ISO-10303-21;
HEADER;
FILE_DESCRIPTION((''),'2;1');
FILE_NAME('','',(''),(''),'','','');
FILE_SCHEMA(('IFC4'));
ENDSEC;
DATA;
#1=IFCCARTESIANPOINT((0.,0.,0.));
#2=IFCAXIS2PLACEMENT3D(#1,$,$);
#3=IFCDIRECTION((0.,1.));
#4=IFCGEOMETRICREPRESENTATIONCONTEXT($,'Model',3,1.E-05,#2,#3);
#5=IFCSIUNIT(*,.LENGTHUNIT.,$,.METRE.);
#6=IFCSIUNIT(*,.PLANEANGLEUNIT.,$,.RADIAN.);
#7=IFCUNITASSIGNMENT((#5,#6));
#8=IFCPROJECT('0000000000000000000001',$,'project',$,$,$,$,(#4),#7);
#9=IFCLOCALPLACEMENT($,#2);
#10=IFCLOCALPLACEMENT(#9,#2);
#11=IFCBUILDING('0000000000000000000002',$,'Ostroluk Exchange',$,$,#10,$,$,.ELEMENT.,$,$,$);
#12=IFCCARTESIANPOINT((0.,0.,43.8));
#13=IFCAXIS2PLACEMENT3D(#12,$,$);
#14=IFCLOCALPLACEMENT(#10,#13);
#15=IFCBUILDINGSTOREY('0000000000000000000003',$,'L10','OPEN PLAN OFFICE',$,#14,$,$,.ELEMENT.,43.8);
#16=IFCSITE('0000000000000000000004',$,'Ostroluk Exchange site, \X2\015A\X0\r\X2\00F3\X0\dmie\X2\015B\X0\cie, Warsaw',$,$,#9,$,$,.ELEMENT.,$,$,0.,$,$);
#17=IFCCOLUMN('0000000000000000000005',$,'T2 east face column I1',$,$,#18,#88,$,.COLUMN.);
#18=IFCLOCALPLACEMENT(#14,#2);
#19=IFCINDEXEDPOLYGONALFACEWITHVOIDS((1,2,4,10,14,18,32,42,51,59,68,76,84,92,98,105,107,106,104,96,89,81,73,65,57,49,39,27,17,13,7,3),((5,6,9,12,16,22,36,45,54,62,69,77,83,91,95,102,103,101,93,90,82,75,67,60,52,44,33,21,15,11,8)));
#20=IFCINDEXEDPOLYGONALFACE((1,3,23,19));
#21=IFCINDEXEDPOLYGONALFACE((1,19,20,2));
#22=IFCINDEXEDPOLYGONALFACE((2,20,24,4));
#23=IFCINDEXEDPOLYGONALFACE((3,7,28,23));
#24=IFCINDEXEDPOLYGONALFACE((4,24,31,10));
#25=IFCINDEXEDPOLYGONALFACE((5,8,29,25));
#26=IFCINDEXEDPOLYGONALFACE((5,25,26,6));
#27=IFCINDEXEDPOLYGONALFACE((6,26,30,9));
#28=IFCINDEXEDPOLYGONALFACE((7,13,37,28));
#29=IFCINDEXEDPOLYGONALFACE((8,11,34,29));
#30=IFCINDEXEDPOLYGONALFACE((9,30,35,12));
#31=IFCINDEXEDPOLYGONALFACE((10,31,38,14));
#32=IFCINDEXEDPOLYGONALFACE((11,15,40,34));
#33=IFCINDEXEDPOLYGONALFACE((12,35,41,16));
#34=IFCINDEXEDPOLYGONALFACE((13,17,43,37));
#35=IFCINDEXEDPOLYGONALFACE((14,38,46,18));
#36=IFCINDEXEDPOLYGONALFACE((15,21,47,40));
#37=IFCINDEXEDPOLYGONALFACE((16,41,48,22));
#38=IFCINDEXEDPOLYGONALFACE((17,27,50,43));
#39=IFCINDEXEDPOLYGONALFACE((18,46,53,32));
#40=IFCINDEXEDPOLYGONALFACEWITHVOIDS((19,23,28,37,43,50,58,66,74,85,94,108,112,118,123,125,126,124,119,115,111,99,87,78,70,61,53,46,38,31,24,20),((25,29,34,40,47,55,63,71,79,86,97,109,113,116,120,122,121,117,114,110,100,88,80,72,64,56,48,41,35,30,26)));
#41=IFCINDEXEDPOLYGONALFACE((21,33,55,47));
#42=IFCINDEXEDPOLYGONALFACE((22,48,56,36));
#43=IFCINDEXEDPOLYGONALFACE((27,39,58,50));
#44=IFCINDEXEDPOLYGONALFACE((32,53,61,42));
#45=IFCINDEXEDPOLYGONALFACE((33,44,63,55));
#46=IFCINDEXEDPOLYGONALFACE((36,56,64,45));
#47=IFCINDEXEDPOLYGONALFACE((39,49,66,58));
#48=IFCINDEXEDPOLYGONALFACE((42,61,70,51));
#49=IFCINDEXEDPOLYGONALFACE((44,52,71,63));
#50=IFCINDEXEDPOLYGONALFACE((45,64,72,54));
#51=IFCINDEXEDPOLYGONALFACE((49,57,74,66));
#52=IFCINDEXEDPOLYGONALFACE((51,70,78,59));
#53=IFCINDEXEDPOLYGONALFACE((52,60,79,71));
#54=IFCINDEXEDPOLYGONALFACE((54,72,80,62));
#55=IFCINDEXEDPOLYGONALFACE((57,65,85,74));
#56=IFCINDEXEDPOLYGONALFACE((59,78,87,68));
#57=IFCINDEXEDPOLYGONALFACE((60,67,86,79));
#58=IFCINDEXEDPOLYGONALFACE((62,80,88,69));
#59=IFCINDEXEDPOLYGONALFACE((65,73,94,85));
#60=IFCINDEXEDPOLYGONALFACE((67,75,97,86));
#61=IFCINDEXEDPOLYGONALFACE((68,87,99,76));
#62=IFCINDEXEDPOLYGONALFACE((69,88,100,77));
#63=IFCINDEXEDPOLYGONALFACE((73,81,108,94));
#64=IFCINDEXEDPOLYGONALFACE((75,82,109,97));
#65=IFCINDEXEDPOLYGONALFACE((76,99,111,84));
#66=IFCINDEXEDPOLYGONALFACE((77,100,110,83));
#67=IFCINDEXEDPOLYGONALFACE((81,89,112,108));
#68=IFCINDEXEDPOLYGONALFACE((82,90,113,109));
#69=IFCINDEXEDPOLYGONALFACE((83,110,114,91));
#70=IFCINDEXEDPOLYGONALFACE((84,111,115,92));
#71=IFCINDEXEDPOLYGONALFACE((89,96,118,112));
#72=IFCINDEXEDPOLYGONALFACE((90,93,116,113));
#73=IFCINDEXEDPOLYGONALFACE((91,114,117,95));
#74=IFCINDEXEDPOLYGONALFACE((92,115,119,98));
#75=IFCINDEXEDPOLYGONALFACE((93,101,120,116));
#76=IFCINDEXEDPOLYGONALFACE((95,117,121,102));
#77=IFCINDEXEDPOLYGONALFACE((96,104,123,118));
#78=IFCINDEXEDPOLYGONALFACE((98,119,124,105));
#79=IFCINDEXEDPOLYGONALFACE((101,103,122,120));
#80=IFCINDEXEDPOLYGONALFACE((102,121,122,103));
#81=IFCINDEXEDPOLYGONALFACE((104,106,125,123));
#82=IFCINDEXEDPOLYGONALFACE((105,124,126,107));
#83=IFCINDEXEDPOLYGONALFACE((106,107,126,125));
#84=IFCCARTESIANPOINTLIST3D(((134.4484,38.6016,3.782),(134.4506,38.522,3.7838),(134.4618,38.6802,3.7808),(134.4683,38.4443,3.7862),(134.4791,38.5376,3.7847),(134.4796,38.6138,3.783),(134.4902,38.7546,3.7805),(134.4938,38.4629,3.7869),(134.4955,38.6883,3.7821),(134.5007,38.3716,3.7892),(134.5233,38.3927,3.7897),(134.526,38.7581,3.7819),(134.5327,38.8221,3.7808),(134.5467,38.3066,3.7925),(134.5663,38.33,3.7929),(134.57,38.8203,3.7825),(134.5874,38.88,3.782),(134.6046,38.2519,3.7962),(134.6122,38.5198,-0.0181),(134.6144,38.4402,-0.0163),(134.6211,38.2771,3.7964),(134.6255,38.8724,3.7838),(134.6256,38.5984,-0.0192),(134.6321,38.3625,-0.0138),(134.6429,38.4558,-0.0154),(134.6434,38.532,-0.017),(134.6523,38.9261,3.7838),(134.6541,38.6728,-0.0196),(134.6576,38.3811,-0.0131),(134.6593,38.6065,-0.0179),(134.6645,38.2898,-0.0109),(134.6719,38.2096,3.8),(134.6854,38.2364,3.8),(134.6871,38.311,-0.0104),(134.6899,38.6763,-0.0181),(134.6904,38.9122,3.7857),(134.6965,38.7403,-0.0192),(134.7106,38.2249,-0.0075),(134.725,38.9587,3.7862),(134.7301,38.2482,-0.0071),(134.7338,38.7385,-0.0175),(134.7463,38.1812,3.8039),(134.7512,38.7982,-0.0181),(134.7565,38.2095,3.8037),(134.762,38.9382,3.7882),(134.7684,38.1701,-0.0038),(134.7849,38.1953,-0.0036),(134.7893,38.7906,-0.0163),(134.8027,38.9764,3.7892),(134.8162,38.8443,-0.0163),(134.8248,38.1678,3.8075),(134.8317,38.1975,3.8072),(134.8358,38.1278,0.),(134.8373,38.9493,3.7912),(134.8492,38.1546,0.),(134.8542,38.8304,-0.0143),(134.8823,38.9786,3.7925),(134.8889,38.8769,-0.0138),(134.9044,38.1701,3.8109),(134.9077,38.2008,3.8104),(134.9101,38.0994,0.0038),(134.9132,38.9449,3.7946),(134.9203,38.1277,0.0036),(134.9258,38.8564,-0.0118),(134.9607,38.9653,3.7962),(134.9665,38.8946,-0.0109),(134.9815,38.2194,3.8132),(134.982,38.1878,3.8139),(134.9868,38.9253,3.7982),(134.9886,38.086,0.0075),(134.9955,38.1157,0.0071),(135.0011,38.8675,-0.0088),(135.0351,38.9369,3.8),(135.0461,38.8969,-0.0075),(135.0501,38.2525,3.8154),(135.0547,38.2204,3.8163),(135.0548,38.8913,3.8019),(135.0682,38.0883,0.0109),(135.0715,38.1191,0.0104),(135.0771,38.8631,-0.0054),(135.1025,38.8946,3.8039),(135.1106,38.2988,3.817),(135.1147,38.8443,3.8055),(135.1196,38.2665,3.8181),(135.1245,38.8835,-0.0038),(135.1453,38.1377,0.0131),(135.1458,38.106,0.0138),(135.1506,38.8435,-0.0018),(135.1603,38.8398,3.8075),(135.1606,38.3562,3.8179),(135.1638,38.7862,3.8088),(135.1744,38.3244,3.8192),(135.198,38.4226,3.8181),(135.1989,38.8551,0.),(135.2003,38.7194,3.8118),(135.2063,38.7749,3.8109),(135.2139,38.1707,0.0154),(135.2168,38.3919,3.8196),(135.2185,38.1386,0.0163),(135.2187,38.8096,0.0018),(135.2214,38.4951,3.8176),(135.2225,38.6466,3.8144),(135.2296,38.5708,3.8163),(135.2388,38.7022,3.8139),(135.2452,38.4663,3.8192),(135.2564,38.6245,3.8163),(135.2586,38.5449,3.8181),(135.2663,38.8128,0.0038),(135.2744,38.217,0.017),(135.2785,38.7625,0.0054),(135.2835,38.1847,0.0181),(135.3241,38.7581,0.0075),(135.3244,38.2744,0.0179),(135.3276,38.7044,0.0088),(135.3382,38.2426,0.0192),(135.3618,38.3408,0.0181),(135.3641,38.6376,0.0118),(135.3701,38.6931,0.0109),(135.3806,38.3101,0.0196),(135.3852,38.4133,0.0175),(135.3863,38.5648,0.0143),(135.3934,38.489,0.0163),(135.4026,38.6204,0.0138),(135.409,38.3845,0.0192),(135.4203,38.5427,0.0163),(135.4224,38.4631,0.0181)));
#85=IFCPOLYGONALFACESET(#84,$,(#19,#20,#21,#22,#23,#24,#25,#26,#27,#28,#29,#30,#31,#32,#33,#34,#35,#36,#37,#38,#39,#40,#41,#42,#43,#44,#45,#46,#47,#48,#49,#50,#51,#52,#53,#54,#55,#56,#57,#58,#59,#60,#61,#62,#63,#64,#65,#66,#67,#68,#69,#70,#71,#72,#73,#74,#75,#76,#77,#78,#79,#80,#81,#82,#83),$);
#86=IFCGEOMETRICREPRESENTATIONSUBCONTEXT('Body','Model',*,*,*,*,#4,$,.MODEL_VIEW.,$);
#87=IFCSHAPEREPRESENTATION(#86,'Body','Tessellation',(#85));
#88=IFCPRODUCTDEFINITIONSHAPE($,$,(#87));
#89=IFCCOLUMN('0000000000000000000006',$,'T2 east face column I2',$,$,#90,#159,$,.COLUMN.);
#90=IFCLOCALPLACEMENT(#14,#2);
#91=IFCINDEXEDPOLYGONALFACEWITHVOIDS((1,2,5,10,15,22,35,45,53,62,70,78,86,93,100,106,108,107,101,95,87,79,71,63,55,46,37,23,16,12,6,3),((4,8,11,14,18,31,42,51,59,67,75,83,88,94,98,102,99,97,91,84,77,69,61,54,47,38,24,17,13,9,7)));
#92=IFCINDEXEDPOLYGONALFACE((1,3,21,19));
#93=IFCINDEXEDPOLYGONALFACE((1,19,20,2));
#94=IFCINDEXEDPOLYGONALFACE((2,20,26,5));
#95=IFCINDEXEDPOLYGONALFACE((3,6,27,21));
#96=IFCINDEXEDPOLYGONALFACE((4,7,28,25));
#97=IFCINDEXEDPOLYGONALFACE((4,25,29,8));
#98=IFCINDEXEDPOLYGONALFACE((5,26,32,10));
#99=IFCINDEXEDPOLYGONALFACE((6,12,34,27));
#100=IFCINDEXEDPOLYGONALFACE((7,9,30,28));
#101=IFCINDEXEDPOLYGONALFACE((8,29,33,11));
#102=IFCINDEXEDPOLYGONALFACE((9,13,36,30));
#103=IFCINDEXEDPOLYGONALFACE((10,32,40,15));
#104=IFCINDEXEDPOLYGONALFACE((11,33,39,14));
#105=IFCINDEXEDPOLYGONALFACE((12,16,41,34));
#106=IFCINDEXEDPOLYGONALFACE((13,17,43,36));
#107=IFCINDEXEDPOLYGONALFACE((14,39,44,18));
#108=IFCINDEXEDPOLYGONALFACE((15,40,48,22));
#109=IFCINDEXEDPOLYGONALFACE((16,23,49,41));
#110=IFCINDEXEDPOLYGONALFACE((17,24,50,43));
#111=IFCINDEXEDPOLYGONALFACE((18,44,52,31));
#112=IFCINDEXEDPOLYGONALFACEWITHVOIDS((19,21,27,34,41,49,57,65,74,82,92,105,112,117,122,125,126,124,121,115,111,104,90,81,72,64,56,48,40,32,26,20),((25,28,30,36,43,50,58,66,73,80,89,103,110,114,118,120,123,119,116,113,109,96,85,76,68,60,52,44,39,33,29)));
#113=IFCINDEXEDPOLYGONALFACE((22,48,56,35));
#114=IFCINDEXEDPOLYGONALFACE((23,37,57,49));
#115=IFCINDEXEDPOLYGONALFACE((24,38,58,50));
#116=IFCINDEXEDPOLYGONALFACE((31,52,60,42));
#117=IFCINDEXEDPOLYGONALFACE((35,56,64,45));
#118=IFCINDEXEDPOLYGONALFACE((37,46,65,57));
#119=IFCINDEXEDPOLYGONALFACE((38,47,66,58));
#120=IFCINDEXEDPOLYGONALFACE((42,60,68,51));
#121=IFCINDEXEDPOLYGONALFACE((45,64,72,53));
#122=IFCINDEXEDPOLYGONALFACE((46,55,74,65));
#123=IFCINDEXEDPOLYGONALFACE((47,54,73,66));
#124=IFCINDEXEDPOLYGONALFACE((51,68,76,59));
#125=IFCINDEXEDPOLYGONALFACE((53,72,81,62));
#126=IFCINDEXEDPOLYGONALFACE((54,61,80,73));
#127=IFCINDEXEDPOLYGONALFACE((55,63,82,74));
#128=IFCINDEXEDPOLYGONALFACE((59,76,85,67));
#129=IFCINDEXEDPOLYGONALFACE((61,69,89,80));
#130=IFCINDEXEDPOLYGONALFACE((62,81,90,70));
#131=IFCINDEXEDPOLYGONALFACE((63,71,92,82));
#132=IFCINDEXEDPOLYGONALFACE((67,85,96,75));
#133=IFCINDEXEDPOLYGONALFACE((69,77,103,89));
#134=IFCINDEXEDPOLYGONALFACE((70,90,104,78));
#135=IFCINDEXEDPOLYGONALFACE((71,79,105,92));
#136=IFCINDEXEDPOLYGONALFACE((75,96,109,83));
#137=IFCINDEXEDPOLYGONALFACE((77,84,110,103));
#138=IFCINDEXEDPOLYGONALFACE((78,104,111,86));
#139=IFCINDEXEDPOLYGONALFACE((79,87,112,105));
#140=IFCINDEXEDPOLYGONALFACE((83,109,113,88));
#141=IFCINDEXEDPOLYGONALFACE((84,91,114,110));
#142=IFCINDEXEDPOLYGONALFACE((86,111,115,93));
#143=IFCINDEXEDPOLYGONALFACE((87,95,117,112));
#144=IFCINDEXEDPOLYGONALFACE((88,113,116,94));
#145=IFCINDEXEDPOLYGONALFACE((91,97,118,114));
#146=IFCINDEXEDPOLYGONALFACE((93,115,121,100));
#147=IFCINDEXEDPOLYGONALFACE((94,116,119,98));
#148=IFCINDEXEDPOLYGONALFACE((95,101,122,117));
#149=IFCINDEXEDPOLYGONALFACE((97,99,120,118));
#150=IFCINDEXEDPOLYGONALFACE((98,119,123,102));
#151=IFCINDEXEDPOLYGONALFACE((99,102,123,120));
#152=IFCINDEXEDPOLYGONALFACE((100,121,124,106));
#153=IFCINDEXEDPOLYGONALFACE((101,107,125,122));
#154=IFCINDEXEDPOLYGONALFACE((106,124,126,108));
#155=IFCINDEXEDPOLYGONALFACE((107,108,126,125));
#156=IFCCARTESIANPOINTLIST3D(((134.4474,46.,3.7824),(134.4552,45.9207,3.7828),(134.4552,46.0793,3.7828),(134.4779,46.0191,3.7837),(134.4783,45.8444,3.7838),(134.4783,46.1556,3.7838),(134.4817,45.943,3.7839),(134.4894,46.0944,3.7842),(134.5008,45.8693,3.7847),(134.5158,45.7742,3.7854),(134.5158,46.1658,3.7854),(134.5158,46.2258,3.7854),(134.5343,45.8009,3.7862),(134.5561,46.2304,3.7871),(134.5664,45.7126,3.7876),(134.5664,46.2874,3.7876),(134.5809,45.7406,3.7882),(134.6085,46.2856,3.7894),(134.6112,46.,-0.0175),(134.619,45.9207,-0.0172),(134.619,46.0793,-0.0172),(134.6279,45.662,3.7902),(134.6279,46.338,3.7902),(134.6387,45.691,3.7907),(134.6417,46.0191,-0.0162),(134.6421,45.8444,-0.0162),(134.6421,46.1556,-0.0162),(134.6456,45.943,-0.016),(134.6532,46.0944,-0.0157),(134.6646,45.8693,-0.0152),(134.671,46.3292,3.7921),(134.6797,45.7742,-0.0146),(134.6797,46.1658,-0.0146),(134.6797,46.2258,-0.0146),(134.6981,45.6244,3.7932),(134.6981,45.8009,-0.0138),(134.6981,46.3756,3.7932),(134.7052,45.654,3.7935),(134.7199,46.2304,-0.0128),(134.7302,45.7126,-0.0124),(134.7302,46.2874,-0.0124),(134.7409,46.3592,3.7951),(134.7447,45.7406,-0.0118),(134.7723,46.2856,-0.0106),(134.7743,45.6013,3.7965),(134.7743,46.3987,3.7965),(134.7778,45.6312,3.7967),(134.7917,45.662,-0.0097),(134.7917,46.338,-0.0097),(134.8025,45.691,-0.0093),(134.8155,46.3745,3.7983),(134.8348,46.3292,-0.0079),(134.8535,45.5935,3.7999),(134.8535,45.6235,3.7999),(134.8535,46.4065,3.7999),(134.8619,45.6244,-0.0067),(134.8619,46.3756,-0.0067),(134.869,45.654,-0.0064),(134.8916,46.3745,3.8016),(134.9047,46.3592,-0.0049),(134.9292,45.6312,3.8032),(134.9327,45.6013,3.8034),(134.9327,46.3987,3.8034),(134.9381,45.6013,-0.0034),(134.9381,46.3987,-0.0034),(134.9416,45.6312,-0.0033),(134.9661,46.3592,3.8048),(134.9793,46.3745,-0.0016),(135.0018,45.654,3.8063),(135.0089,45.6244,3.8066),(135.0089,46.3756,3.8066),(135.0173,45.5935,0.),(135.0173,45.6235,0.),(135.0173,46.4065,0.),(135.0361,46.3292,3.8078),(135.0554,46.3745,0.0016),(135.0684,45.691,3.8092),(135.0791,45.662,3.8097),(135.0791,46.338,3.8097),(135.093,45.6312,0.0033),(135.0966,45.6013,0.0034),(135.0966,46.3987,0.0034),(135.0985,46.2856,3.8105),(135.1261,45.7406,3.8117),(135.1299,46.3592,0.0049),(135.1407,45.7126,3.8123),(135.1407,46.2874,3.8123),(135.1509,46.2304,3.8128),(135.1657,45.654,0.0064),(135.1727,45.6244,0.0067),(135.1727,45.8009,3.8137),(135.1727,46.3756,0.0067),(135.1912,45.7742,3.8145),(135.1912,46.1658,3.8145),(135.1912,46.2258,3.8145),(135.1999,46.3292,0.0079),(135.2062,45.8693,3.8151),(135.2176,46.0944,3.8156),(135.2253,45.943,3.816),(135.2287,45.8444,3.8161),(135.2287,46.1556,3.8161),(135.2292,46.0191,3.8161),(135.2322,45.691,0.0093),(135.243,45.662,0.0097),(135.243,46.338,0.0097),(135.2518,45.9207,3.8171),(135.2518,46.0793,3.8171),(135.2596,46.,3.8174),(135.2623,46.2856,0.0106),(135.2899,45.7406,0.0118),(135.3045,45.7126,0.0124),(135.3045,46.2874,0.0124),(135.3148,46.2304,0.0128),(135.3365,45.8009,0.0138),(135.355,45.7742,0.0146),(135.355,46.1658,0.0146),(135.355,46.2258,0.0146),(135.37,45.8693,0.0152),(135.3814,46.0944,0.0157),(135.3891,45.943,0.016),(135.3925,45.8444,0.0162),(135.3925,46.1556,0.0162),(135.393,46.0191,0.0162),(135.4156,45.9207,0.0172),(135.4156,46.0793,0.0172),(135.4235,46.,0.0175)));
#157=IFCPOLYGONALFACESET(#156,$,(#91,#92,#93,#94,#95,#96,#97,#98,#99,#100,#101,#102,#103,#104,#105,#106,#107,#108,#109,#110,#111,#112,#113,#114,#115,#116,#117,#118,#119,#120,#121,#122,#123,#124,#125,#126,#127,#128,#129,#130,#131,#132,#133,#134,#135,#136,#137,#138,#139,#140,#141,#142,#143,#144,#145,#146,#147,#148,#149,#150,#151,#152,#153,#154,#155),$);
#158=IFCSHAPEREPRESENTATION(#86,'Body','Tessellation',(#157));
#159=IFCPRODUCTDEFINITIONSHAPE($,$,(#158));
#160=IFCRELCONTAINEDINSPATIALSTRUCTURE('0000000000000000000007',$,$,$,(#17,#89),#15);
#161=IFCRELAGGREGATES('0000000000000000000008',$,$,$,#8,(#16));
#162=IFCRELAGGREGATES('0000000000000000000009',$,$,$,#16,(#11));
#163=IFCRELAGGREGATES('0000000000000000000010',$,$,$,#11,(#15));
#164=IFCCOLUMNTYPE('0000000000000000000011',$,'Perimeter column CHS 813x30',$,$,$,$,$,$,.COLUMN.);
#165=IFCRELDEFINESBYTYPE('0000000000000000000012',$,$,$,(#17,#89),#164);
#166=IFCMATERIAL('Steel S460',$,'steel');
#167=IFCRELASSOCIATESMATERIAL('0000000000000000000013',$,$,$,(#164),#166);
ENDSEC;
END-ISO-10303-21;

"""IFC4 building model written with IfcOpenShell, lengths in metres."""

from ifc_helpers import new_model, si_unit, direction, frame, origin, origin_2d, place, context, subcontext, project, spatial, hollow_circle, extrude, material, material_profile, profile_set, type_object, element, save


model = new_model("IFC4")

# Units and contexts
model_context = context("Model", 3, precision=1e-05, world=origin(), true_north=direction((0.0, 1.0)))
body_context = subcontext(model_context, "Body", "Model", "MODEL_VIEW")
ifc_project = project(units=[si_unit("LENGTHUNIT", "METRE"), si_unit("PLANEANGLEUNIT", "RADIAN")], contexts=[model_context])

# Site, building, storey
site_placement = place(None, origin())
site = spatial("IfcSite", under=ifc_project, at=site_placement, Name="Ostroluk Exchange site, Śródmieście, Warsaw", CompositionType="ELEMENT", RefElevation=0.0)
building_placement = place(site_placement, origin())
building = spatial("IfcBuilding", under=site, at=building_placement, Name="Ostroluk Exchange", CompositionType="ELEMENT")
storey_placement = place(building_placement, frame((0.0, 0.0, 43.8)))
storey = spatial("IfcBuildingStorey", under=building, at=storey_placement, Name="L10", Description="OPEN PLAN OFFICE", CompositionType="ELEMENT", Elevation=43.8)

# Columns
ifc_material_1 = material(Name="Steel S460", Category="steel")
ifc_material_profile_1 = material_profile(ifc_material_1, hollow_circle(Radius=0.4065, WallThickness=0.03, at=origin_2d()), Name="CHS 813x30")
ifc_profile_set_1 = profile_set([ifc_material_profile_1], Name="Steel S460")
column_type = type_object("IfcColumnType", Name="Perimeter column CHS 813x30", PredefinedType="COLUMN", material=ifc_profile_set_1)
column_1_placement = place(storey_placement, frame((135.0173, 38.4915, 0.0), z_axis=(-0.04306, 0.021498, 0.998841), x_axis=(-0.44668, -0.894694, 0.0)))
element("IfcColumn", 1, at=column_1_placement, inside=storey, type_object=column_type, Name="T2 east face column I1", PredefinedType="COLUMN", context=body_context, shape_type="SweptSolid", body=[
    extrude(hollow_circle(Radius=0.4065, WallThickness=0.03, at=origin_2d()), origin(), (0.0, 0.0, 1.0), 3.8044),
])
column_2_placement = place(storey_placement, frame((135.0173, 46.0, 0.0), z_axis=(-0.04307, 0.0, 0.999072), x_axis=(0.0, -1.0, 0.0)))
element("IfcColumn", 2, at=column_2_placement, inside=storey, type_object=column_type, Name="T2 east face column I2", PredefinedType="COLUMN", context=body_context, shape_type="SweptSolid", body=[
    extrude(hollow_circle(Radius=0.4065, WallThickness=0.03, at=origin_2d()), origin(), (0.0, 0.0, 1.0), 3.8035),
])

save(model, "model.ifc")
